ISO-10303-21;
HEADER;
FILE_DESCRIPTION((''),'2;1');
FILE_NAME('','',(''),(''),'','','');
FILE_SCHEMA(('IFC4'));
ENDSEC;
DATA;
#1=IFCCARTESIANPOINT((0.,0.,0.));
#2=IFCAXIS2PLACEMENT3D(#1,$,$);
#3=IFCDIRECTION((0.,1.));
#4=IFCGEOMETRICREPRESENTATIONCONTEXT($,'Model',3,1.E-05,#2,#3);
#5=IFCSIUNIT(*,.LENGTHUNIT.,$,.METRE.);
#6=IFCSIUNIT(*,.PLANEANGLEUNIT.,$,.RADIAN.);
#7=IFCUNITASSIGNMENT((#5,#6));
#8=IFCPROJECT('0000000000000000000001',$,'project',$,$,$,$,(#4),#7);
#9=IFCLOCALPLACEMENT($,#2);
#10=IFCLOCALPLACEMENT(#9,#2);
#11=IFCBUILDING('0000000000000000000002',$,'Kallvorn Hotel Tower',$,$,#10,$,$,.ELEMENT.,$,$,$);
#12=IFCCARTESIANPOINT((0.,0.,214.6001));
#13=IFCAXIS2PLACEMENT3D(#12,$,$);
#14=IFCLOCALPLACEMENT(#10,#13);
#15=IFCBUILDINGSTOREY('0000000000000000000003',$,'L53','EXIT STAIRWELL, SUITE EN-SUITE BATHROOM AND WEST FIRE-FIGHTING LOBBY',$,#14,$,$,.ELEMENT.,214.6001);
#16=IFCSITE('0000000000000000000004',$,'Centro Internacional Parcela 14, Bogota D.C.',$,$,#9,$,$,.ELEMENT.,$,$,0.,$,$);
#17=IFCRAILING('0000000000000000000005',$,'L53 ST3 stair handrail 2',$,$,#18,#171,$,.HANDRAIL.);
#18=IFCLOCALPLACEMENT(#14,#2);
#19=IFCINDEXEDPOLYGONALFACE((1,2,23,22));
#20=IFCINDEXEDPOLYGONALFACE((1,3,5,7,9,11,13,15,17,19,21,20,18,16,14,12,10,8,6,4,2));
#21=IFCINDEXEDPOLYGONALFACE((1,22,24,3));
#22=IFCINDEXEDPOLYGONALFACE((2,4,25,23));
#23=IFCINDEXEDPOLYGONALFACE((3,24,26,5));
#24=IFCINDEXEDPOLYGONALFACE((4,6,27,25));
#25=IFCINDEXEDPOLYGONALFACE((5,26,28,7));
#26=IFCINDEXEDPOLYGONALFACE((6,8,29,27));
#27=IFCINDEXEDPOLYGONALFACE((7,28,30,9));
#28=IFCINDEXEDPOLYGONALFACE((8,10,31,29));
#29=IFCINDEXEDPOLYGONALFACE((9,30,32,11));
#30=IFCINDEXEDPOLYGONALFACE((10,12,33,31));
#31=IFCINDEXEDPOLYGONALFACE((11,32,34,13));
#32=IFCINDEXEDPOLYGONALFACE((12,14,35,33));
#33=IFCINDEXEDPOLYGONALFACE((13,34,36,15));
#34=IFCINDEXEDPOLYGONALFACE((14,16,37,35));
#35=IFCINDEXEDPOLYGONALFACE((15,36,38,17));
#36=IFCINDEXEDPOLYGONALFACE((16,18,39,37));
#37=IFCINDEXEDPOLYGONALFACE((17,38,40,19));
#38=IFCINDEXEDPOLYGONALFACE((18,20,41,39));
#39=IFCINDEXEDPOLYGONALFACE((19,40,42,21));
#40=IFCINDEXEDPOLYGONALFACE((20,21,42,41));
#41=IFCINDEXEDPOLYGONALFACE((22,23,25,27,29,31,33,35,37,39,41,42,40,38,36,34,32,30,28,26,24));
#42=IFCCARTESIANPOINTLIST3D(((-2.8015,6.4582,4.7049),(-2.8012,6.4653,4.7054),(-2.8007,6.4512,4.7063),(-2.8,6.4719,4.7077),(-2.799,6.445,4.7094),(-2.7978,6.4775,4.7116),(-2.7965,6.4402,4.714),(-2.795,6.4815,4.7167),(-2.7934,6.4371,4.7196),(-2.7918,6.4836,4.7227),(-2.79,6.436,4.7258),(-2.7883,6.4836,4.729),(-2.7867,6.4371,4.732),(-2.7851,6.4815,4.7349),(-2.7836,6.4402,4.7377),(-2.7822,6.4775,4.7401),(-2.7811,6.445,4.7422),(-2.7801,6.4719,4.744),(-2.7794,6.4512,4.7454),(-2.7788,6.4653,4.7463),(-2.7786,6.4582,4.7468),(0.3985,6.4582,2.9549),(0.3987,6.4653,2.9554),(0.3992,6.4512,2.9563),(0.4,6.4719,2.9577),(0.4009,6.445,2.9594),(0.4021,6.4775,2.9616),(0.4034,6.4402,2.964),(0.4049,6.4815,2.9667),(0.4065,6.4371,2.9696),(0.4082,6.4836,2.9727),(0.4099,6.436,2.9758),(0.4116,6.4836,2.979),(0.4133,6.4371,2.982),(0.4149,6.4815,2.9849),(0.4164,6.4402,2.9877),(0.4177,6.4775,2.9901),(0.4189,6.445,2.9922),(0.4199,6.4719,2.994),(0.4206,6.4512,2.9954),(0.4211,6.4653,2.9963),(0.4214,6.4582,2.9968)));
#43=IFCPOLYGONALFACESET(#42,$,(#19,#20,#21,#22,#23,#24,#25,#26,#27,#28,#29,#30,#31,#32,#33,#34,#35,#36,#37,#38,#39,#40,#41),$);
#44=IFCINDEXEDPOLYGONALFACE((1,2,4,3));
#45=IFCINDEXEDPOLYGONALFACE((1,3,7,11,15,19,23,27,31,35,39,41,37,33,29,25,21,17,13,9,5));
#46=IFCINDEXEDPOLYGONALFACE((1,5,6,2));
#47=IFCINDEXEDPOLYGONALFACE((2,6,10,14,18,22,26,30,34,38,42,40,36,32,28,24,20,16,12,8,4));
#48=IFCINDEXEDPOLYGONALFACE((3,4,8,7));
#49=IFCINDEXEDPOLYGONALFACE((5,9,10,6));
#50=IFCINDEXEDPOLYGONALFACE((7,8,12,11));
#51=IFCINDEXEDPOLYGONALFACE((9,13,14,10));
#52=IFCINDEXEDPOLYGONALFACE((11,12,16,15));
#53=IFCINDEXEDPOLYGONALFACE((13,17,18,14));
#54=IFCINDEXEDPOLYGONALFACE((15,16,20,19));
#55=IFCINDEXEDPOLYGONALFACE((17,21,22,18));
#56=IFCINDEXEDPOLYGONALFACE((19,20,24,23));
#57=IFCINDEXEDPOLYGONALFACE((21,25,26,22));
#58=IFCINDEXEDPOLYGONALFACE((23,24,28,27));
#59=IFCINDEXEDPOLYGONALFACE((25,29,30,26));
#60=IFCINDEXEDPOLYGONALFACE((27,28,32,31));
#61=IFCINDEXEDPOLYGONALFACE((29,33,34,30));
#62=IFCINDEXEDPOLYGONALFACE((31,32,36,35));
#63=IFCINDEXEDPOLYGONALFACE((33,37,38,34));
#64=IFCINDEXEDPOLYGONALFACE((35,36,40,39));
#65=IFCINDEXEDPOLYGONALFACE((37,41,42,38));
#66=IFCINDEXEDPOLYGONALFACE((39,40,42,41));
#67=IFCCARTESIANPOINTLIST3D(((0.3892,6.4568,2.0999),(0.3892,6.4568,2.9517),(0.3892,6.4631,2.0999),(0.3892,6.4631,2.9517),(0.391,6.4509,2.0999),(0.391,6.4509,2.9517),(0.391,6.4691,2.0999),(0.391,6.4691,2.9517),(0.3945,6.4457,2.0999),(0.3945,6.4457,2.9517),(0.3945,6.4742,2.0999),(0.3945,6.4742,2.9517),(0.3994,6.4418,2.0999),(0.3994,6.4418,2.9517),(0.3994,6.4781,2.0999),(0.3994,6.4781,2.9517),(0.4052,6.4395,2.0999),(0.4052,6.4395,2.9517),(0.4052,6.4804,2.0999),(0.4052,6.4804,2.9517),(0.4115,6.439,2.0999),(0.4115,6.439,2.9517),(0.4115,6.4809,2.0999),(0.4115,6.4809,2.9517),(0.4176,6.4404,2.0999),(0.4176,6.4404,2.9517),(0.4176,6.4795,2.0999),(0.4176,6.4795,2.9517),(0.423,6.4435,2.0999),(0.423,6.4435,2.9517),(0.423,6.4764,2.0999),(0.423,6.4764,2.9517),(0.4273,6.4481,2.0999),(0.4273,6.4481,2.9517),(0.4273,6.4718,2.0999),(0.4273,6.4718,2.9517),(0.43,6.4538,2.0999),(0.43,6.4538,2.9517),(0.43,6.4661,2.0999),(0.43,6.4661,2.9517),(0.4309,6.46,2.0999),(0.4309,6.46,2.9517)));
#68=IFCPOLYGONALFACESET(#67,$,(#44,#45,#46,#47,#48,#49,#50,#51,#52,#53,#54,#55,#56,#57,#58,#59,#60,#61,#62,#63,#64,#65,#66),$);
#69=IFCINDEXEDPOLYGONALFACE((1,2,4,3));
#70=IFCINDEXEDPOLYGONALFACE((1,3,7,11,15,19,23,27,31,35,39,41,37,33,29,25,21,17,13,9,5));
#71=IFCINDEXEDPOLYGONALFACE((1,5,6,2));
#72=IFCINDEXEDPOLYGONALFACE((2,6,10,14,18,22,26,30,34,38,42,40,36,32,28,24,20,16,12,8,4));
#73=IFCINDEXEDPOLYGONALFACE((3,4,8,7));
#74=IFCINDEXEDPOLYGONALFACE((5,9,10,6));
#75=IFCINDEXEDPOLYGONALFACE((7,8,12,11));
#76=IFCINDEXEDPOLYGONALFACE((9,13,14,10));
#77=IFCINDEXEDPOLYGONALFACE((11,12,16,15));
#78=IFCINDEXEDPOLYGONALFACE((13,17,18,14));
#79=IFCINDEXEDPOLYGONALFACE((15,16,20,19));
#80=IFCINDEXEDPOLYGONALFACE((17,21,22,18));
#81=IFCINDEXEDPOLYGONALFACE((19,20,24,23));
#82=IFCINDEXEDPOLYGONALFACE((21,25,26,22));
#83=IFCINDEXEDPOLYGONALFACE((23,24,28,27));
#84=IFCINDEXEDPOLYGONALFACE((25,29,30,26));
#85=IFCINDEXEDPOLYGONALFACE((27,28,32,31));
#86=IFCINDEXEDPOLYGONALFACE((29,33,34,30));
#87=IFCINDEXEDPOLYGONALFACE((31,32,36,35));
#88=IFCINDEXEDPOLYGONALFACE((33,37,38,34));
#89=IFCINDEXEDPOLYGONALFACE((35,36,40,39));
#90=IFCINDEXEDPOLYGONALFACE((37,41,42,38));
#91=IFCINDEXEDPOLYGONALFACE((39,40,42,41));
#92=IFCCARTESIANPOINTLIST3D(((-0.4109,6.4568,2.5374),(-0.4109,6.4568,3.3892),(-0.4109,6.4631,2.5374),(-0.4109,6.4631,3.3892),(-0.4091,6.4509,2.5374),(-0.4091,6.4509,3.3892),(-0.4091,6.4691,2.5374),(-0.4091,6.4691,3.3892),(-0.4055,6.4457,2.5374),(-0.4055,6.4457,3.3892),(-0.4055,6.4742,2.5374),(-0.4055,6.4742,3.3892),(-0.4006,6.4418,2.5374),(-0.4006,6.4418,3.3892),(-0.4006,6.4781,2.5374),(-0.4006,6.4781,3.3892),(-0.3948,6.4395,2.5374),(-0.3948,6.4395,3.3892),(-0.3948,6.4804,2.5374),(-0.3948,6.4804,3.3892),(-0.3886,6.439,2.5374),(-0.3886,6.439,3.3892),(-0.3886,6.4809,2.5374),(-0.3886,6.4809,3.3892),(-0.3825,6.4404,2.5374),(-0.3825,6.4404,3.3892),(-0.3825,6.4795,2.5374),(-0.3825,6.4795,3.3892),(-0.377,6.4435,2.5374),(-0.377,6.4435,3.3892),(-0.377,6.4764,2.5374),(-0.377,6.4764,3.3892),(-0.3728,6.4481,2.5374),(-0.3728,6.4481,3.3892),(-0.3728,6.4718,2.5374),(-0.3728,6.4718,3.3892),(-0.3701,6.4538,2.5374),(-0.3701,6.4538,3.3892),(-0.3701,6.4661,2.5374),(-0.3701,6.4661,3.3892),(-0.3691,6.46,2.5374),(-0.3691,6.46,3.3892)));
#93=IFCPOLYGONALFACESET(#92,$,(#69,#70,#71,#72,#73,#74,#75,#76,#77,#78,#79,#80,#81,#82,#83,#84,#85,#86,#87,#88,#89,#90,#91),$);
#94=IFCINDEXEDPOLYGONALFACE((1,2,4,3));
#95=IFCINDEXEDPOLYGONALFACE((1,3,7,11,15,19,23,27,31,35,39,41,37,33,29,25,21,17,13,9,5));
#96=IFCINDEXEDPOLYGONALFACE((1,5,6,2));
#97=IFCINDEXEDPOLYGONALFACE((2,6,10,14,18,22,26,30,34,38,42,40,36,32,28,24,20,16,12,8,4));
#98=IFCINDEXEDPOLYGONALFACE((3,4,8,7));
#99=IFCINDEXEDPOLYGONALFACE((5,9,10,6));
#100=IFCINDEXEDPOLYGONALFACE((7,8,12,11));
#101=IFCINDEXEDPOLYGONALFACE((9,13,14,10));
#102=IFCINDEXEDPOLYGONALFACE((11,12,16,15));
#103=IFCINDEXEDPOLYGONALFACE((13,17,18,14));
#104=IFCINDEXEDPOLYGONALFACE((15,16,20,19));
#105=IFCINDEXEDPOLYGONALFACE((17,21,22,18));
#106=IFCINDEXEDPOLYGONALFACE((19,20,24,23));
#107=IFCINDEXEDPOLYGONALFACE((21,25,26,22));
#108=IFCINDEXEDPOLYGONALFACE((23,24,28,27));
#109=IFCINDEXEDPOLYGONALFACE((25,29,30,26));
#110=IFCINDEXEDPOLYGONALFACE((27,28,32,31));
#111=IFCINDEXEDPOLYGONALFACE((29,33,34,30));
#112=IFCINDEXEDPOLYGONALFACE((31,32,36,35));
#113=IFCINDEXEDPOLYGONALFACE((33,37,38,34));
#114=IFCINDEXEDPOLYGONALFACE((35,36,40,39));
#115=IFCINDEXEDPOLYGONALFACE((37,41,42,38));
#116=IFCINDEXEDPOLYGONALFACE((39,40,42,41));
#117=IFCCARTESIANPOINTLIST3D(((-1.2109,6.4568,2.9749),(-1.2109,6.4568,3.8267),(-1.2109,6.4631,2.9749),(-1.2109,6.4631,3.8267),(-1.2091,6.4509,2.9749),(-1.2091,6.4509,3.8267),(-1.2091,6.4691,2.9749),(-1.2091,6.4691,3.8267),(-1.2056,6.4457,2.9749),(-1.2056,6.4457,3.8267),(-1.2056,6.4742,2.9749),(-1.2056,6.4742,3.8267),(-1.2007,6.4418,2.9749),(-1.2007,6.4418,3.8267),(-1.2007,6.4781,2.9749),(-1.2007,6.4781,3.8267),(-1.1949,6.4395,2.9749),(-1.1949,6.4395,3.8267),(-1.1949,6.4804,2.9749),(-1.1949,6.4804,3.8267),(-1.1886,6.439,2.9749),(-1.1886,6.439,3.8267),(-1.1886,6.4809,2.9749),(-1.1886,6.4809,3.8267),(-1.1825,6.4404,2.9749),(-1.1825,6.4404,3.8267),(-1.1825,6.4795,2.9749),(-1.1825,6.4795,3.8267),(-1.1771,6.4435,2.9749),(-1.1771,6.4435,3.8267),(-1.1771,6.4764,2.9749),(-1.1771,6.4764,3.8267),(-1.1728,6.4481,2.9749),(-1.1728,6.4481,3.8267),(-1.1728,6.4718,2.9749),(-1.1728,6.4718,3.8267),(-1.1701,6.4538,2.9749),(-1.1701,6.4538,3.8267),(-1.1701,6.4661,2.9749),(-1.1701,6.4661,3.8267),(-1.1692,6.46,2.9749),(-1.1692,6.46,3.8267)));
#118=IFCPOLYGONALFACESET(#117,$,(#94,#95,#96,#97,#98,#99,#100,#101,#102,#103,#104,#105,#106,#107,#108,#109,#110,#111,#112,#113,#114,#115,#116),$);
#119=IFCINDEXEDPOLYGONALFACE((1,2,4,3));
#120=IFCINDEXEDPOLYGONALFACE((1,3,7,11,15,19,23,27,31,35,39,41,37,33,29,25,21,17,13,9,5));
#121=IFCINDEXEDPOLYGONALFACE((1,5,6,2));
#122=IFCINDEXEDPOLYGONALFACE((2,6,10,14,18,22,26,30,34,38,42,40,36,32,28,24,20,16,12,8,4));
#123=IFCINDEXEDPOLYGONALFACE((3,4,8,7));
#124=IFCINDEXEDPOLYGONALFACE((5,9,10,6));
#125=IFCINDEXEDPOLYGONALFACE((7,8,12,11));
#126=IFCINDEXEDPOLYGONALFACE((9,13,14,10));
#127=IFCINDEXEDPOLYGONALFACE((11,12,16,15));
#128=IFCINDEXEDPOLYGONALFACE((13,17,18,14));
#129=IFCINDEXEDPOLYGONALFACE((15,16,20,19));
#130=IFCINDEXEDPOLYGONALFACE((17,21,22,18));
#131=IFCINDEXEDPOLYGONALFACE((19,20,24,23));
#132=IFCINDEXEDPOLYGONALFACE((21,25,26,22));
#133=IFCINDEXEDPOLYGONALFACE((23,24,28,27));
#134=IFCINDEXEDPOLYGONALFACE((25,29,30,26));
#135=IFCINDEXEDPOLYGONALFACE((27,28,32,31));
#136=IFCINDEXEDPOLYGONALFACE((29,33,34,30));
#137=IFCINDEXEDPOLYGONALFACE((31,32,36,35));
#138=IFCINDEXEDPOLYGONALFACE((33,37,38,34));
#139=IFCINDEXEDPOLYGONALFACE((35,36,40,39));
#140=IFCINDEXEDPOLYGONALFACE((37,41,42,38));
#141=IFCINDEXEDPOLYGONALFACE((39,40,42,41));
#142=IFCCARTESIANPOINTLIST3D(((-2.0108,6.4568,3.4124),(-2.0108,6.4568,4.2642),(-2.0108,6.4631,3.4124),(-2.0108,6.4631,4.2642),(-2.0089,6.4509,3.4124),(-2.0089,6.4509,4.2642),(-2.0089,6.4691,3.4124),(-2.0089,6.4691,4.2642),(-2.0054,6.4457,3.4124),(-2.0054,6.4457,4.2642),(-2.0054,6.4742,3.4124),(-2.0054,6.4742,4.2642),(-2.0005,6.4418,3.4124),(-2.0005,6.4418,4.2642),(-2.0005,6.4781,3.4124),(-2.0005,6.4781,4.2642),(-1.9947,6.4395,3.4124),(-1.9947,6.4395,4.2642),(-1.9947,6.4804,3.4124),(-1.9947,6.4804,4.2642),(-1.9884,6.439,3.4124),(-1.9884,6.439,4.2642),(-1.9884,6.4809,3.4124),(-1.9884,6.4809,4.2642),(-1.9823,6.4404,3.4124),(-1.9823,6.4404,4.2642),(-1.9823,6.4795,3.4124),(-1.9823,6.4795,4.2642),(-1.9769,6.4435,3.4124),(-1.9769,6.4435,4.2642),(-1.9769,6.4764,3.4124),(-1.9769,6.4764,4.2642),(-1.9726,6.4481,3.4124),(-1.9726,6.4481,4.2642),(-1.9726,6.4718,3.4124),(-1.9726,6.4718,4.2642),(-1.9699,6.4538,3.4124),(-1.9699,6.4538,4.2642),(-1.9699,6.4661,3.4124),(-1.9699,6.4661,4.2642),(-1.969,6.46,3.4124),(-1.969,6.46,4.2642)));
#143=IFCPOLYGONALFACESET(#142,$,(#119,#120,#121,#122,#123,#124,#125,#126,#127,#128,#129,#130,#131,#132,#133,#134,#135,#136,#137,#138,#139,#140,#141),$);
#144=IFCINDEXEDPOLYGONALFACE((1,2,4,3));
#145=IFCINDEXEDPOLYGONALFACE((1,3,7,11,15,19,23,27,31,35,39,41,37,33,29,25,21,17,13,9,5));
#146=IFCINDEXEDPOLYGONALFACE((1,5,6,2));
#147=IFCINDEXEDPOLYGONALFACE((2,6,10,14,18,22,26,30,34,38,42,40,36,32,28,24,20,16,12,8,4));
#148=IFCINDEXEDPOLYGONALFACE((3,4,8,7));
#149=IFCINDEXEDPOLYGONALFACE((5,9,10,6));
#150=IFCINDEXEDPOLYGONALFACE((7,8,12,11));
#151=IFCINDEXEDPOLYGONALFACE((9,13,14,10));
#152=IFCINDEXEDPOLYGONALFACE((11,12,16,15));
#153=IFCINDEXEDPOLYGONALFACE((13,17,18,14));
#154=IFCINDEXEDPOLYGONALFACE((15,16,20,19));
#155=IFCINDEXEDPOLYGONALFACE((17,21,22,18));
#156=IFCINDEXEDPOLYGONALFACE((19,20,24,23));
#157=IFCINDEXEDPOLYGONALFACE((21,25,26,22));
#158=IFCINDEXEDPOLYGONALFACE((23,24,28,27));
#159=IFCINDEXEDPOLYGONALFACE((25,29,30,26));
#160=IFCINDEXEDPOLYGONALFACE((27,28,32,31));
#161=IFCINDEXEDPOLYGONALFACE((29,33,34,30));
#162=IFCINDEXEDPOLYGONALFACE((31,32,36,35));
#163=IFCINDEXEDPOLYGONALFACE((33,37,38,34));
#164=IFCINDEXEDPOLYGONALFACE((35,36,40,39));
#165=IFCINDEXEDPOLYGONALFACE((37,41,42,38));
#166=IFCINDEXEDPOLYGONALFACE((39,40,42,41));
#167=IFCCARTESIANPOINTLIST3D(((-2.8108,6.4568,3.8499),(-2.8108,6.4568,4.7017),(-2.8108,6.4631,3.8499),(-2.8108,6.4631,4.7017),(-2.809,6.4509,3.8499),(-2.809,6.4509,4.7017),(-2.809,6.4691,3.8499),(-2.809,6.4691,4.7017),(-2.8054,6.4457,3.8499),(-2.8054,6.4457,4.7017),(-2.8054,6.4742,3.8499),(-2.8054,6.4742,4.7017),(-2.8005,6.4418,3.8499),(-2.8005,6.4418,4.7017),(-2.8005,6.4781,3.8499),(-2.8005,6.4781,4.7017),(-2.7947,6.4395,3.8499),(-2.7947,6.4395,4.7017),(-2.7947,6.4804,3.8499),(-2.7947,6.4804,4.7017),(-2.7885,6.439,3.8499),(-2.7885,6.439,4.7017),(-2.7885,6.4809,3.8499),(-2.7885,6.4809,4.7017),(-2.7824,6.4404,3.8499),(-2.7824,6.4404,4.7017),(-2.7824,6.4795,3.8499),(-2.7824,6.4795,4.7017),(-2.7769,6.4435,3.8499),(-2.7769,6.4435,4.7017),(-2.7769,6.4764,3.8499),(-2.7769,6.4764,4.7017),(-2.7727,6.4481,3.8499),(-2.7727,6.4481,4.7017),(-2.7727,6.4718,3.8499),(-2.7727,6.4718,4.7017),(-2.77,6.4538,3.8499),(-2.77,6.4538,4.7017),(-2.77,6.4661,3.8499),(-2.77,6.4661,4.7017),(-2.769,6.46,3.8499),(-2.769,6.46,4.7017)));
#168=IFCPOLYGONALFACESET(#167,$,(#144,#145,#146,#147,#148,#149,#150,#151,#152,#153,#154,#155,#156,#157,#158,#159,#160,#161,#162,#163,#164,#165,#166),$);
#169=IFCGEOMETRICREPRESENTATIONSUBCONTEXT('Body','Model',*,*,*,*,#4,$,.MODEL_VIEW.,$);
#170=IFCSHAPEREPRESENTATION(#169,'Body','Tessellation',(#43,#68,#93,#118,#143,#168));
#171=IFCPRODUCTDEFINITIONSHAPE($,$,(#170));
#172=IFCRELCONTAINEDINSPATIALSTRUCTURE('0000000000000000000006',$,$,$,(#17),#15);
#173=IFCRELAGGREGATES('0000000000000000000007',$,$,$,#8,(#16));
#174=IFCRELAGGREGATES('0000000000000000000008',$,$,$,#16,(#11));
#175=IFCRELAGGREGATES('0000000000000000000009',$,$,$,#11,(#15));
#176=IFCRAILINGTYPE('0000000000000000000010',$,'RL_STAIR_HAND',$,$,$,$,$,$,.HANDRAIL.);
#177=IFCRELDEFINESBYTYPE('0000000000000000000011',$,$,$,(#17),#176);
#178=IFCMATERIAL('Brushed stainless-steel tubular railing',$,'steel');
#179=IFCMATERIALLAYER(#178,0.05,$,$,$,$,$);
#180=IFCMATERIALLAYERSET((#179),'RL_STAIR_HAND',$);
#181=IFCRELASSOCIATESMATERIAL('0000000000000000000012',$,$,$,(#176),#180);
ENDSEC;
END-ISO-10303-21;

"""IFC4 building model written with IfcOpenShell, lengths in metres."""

from ifc_helpers import new_model, si_unit, direction, frame, origin, origin_2d, place, context, subcontext, project, spatial, circle, extrude, material, layer, layer_set, type_object, element, save


model = new_model("IFC4")

# Units and contexts
model_context = context("Model", 3, precision=1e-05, world=origin(), true_north=direction((0.0, 1.0)))
body_context = subcontext(model_context, "Body", "Model", "MODEL_VIEW")
ifc_project = project(units=[si_unit("LENGTHUNIT", "METRE"), si_unit("PLANEANGLEUNIT", "RADIAN")], contexts=[model_context])

# Site, building, storey
site_placement = place(None, origin())
site = spatial("IfcSite", under=ifc_project, at=site_placement, Name="Centro Internacional Parcela 14, Bogota D.C.", CompositionType="ELEMENT", RefElevation=0.0)
building_placement = place(site_placement, origin())
building = spatial("IfcBuilding", under=site, at=building_placement, Name="Kallvorn Hotel Tower", CompositionType="ELEMENT")
storey_placement = place(building_placement, frame((0.0, 0.0, 214.6001)))
storey = spatial("IfcBuildingStorey", under=building, at=storey_placement, Name="L53", Description="EXIT STAIRWELL, SUITE EN-SUITE BATHROOM AND WEST FIRE-FIGHTING LOBBY", CompositionType="ELEMENT", Elevation=214.6001)

# Railing
ifc_material_1 = material(Name="Brushed stainless-steel tubular railing", Category="steel")
ifc_layer_1 = layer(ifc_material_1, 0.05)
ifc_layer_set_1 = layer_set([ifc_layer_1], Name="RL_STAIR_HAND")
railing_type_1 = type_object("IfcRailingType", Name="RL_STAIR_HAND", PredefinedType="HANDRAIL", material=ifc_layer_set_1)
railing_1_placement = place(storey_placement, frame((0.4099, 6.46, 2.0999)))
element("IfcRailing", 1, at=railing_1_placement, inside=storey, type_object=railing_type_1, Name="L53 ST3 stair handrail 2", PredefinedType="HANDRAIL", context=body_context, shape_type="SweptSolid", body=[
    extrude(circle(Radius=0.0239, at=origin_2d()), frame((0.0, 0.0, 0.876), z_axis=(-0.877368, 0.0, 0.479818), x_axis=(0.0, -1.0, 0.0)), (0.0, 0.0, 1.0), 3.6472),
    extrude(circle(Radius=0.021, at=origin_2d()), origin(), (0.0, 0.0, 1.0), 0.8518),
    extrude(circle(Radius=0.021, at=origin_2d()), frame((-0.8, 0.0, 0.4375)), (0.0, 0.0, 1.0), 0.8518),
    extrude(circle(Radius=0.021, at=origin_2d()), frame((-1.6001, 0.0, 0.875)), (0.0, 0.0, 1.0), 0.8518),
    extrude(circle(Radius=0.021, at=origin_2d()), frame((-2.3999, 0.0, 1.3125)), (0.0, 0.0, 1.0), 0.8518),
    extrude(circle(Radius=0.021, at=origin_2d()), frame((-3.2, 0.0, 1.75)), (0.0, 0.0, 1.0), 0.8518),
])

save(model, "model.ifc")
